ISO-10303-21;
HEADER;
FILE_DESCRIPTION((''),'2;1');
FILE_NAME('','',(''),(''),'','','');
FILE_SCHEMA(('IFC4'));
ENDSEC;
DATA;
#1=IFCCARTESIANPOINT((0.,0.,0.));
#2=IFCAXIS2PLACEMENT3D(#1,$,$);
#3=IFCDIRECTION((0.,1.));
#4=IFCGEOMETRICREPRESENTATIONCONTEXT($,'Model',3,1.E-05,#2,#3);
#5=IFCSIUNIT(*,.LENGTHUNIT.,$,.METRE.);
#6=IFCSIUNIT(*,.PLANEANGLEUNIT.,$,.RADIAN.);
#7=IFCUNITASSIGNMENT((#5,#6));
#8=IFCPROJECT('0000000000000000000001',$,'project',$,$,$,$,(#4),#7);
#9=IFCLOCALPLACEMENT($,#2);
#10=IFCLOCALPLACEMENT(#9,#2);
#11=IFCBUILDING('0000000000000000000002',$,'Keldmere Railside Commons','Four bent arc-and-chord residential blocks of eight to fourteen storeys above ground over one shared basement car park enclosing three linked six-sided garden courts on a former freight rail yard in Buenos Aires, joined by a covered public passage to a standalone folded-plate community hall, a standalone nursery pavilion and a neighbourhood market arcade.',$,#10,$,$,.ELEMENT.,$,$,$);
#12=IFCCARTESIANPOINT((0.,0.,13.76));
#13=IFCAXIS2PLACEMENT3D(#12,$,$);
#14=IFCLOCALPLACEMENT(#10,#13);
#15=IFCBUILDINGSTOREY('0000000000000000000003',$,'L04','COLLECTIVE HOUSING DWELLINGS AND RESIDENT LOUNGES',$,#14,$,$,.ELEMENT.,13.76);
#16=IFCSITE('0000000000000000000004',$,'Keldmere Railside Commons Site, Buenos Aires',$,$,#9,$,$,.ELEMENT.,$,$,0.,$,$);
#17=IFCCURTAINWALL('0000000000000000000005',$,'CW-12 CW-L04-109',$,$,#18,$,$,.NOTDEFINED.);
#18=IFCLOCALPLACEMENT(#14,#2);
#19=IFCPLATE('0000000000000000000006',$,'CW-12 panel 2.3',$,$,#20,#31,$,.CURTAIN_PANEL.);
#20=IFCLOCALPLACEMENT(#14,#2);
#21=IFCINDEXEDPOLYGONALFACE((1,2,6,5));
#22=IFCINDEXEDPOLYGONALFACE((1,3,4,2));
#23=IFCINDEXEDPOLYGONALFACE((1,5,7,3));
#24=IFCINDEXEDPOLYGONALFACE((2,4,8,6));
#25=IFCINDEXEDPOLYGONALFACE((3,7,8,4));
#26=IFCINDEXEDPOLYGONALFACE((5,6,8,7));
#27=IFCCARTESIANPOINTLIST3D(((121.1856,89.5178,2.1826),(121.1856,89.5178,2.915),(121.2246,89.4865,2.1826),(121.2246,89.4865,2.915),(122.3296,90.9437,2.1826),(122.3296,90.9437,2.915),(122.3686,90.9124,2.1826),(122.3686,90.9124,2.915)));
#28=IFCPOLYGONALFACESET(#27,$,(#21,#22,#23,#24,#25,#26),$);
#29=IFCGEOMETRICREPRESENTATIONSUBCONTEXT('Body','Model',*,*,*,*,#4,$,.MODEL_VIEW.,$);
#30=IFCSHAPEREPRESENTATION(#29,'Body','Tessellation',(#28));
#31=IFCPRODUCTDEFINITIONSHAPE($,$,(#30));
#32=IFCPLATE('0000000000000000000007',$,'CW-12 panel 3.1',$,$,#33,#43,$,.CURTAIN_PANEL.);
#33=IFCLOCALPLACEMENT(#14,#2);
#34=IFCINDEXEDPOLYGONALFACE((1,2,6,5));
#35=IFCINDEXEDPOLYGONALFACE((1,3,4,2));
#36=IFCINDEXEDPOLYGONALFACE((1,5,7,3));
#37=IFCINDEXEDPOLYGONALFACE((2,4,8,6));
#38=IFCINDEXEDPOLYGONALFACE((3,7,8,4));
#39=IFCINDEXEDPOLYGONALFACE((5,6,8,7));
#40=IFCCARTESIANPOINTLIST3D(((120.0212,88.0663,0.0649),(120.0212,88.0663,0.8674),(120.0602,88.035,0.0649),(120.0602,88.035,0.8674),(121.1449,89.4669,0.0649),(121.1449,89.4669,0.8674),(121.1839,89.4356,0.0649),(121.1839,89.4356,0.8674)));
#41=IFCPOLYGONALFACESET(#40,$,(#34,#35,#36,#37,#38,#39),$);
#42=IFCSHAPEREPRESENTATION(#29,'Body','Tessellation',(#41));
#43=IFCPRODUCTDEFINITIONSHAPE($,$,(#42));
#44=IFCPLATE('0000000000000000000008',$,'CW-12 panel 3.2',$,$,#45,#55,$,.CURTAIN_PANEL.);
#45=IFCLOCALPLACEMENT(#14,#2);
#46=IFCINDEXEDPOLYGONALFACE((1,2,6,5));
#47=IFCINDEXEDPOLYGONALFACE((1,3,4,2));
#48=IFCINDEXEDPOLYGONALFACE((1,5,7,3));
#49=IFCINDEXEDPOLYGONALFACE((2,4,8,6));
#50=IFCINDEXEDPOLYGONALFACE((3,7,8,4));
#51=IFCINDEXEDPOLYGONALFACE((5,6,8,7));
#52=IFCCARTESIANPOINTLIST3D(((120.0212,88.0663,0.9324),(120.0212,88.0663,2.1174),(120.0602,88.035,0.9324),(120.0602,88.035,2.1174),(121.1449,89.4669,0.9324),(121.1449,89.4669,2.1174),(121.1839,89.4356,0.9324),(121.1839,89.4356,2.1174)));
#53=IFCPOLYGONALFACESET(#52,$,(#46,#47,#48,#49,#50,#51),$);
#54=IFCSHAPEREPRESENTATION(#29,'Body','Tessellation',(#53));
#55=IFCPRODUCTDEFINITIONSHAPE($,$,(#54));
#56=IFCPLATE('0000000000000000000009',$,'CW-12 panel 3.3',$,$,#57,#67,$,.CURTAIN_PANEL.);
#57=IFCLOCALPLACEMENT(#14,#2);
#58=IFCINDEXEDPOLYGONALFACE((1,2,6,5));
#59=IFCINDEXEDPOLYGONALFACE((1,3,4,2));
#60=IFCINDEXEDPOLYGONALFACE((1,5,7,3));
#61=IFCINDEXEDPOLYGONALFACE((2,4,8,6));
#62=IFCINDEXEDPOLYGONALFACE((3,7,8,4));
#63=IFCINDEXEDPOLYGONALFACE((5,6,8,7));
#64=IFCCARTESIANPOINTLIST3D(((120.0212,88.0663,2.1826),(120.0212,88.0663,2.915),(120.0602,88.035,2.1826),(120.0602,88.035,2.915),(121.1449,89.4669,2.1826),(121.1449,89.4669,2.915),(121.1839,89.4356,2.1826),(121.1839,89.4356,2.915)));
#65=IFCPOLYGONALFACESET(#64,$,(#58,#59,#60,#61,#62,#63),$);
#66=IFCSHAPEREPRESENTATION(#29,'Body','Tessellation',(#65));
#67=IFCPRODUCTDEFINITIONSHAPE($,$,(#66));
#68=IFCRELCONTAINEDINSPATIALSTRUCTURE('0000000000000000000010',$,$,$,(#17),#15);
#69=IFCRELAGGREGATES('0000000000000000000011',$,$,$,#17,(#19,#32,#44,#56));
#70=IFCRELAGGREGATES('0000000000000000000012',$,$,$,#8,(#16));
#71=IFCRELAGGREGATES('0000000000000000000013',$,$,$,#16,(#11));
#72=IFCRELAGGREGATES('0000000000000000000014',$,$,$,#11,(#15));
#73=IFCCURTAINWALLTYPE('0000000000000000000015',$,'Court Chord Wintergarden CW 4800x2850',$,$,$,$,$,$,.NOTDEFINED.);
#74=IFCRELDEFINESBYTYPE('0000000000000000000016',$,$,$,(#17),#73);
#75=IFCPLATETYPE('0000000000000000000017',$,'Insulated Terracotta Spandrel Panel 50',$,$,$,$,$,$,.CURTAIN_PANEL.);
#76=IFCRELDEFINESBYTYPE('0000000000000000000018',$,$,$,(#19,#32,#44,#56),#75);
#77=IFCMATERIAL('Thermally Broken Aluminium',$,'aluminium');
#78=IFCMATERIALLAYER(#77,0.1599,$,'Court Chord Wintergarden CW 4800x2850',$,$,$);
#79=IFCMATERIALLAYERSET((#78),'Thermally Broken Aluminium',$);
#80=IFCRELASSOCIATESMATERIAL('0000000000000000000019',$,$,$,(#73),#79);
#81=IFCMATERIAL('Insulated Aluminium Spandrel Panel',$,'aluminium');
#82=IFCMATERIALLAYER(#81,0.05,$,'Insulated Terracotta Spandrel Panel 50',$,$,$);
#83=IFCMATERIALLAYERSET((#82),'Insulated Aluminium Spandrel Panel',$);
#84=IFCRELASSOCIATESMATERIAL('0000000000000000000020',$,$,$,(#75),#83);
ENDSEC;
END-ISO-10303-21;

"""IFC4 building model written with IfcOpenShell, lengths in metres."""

from ifc_helpers import new_model, si_unit, direction, frame, origin, origin_2d, place, context, subcontext, project, spatial, rectangle, extrude, material, layer, layer_set, type_object, element, aggregate, save


model = new_model("IFC4")

# Units and contexts
model_context = context("Model", 3, precision=1e-05, world=origin(), true_north=direction((0.0, 1.0)))
body_context = subcontext(model_context, "Body", "Model", "MODEL_VIEW")
ifc_project = project(units=[si_unit("LENGTHUNIT", "METRE"), si_unit("PLANEANGLEUNIT", "RADIAN")], contexts=[model_context])

# Site, building, storey
site_placement = place(None, origin())
site = spatial("IfcSite", under=ifc_project, at=site_placement, Name="Keldmere Railside Commons Site, Buenos Aires", CompositionType="ELEMENT", RefElevation=0.0)
building_placement = place(site_placement, origin())
building = spatial("IfcBuilding", under=site, at=building_placement, Name="Keldmere Railside Commons", Description="Four bent arc-and-chord residential blocks of eight to fourteen storeys above ground over one shared basement car park enclosing three linked six-sided garden courts on a former freight rail yard in Buenos Aires, joined by a covered public passage to a standalone folded-plate community hall, a standalone nursery pavilion and a neighbourhood market arcade.", CompositionType="ELEMENT")
storey_placement = place(building_placement, frame((0.0, 0.0, 13.76)))
storey = spatial("IfcBuildingStorey", under=building, at=storey_placement, Name="L04", Description="COLLECTIVE HOUSING DWELLINGS AND RESIDENT LOUNGES", CompositionType="ELEMENT", Elevation=13.76)

# Curtain wall, plates
ifc_material_1 = material(Name="Thermally Broken Aluminium", Category="aluminium")
ifc_layer_1 = layer(ifc_material_1, 0.1599, Name="Court Chord Wintergarden CW 4800x2850")
ifc_layer_set_1 = layer_set([ifc_layer_1], Name="Thermally Broken Aluminium")
curtain_wall_type = type_object("IfcCurtainWallType", Name="Court Chord Wintergarden CW 4800x2850", PredefinedType="NOTDEFINED", material=ifc_layer_set_1)
curtain_wall_placement = place(storey_placement, origin())
curtain_wall = element("IfcCurtainWall", 1, at=curtain_wall_placement, inside=storey, type_object=curtain_wall_type, Name="CW-12 CW-L04-109", PredefinedType="NOTDEFINED")
ifc_material_2 = material(Name="Insulated Aluminium Spandrel Panel", Category="aluminium")
ifc_layer_2 = layer(ifc_material_2, 0.05, Name="Insulated Terracotta Spandrel Panel 50")
ifc_layer_set_2 = layer_set([ifc_layer_2], Name="Insulated Aluminium Spandrel Panel")
plate_type = type_object("IfcPlateType", Name="Insulated Terracotta Spandrel Panel 50", PredefinedType="CURTAIN_PANEL", material=ifc_layer_set_2)
plate_1_placement = place(storey_placement, frame((121.7771, 90.2151, 2.1826), z_axis=(0.0, 0.0, 1.0), x_axis=(-0.625768, -0.780009, 0.0)))
plate_1 = element("IfcPlate", 2, at=plate_1_placement, type_object=plate_type, Name="CW-12 panel 2.3", PredefinedType="CURTAIN_PANEL", context=body_context, shape_type="SweptSolid", body=[
    extrude(rectangle(XDim=1.8281, YDim=0.05, at=origin_2d()), origin(), (0.0, 0.0, 1.0), 0.7324),
])
plate_2_placement = place(storey_placement, frame((120.6025, 88.751, 0.0649), z_axis=(0.0, 0.0, 1.0), x_axis=(-0.625768, -0.780009, 0.0)))
plate_2 = element("IfcPlate", 3, at=plate_2_placement, type_object=plate_type, Name="CW-12 panel 3.1", PredefinedType="CURTAIN_PANEL", context=body_context, shape_type="SweptSolid", body=[
    extrude(rectangle(XDim=1.7957, YDim=0.05, at=origin_2d()), origin(), (0.0, 0.0, 1.0), 0.8025),
])
plate_3_placement = place(storey_placement, frame((120.6025, 88.751, 0.9324), z_axis=(0.0, 0.0, 1.0), x_axis=(-0.625768, -0.780009, 0.0)))
plate_3 = element("IfcPlate", 4, at=plate_3_placement, type_object=plate_type, Name="CW-12 panel 3.2", PredefinedType="CURTAIN_PANEL", context=body_context, shape_type="SweptSolid", body=[
    extrude(rectangle(XDim=1.7957, YDim=0.05, at=origin_2d()), origin(), (0.0, 0.0, 1.0), 1.1851),
])
plate_4_placement = place(storey_placement, frame((120.6025, 88.751, 2.1826), z_axis=(0.0, 0.0, 1.0), x_axis=(-0.625768, -0.780009, 0.0)))
plate_4 = element("IfcPlate", 5, at=plate_4_placement, type_object=plate_type, Name="CW-12 panel 3.3", PredefinedType="CURTAIN_PANEL", context=body_context, shape_type="SweptSolid", body=[
    extrude(rectangle(XDim=1.7957, YDim=0.05, at=origin_2d()), origin(), (0.0, 0.0, 1.0), 0.7324),
])
aggregate(curtain_wall, [plate_1, plate_2, plate_3, plate_4])

save(model, "model.ifc")
